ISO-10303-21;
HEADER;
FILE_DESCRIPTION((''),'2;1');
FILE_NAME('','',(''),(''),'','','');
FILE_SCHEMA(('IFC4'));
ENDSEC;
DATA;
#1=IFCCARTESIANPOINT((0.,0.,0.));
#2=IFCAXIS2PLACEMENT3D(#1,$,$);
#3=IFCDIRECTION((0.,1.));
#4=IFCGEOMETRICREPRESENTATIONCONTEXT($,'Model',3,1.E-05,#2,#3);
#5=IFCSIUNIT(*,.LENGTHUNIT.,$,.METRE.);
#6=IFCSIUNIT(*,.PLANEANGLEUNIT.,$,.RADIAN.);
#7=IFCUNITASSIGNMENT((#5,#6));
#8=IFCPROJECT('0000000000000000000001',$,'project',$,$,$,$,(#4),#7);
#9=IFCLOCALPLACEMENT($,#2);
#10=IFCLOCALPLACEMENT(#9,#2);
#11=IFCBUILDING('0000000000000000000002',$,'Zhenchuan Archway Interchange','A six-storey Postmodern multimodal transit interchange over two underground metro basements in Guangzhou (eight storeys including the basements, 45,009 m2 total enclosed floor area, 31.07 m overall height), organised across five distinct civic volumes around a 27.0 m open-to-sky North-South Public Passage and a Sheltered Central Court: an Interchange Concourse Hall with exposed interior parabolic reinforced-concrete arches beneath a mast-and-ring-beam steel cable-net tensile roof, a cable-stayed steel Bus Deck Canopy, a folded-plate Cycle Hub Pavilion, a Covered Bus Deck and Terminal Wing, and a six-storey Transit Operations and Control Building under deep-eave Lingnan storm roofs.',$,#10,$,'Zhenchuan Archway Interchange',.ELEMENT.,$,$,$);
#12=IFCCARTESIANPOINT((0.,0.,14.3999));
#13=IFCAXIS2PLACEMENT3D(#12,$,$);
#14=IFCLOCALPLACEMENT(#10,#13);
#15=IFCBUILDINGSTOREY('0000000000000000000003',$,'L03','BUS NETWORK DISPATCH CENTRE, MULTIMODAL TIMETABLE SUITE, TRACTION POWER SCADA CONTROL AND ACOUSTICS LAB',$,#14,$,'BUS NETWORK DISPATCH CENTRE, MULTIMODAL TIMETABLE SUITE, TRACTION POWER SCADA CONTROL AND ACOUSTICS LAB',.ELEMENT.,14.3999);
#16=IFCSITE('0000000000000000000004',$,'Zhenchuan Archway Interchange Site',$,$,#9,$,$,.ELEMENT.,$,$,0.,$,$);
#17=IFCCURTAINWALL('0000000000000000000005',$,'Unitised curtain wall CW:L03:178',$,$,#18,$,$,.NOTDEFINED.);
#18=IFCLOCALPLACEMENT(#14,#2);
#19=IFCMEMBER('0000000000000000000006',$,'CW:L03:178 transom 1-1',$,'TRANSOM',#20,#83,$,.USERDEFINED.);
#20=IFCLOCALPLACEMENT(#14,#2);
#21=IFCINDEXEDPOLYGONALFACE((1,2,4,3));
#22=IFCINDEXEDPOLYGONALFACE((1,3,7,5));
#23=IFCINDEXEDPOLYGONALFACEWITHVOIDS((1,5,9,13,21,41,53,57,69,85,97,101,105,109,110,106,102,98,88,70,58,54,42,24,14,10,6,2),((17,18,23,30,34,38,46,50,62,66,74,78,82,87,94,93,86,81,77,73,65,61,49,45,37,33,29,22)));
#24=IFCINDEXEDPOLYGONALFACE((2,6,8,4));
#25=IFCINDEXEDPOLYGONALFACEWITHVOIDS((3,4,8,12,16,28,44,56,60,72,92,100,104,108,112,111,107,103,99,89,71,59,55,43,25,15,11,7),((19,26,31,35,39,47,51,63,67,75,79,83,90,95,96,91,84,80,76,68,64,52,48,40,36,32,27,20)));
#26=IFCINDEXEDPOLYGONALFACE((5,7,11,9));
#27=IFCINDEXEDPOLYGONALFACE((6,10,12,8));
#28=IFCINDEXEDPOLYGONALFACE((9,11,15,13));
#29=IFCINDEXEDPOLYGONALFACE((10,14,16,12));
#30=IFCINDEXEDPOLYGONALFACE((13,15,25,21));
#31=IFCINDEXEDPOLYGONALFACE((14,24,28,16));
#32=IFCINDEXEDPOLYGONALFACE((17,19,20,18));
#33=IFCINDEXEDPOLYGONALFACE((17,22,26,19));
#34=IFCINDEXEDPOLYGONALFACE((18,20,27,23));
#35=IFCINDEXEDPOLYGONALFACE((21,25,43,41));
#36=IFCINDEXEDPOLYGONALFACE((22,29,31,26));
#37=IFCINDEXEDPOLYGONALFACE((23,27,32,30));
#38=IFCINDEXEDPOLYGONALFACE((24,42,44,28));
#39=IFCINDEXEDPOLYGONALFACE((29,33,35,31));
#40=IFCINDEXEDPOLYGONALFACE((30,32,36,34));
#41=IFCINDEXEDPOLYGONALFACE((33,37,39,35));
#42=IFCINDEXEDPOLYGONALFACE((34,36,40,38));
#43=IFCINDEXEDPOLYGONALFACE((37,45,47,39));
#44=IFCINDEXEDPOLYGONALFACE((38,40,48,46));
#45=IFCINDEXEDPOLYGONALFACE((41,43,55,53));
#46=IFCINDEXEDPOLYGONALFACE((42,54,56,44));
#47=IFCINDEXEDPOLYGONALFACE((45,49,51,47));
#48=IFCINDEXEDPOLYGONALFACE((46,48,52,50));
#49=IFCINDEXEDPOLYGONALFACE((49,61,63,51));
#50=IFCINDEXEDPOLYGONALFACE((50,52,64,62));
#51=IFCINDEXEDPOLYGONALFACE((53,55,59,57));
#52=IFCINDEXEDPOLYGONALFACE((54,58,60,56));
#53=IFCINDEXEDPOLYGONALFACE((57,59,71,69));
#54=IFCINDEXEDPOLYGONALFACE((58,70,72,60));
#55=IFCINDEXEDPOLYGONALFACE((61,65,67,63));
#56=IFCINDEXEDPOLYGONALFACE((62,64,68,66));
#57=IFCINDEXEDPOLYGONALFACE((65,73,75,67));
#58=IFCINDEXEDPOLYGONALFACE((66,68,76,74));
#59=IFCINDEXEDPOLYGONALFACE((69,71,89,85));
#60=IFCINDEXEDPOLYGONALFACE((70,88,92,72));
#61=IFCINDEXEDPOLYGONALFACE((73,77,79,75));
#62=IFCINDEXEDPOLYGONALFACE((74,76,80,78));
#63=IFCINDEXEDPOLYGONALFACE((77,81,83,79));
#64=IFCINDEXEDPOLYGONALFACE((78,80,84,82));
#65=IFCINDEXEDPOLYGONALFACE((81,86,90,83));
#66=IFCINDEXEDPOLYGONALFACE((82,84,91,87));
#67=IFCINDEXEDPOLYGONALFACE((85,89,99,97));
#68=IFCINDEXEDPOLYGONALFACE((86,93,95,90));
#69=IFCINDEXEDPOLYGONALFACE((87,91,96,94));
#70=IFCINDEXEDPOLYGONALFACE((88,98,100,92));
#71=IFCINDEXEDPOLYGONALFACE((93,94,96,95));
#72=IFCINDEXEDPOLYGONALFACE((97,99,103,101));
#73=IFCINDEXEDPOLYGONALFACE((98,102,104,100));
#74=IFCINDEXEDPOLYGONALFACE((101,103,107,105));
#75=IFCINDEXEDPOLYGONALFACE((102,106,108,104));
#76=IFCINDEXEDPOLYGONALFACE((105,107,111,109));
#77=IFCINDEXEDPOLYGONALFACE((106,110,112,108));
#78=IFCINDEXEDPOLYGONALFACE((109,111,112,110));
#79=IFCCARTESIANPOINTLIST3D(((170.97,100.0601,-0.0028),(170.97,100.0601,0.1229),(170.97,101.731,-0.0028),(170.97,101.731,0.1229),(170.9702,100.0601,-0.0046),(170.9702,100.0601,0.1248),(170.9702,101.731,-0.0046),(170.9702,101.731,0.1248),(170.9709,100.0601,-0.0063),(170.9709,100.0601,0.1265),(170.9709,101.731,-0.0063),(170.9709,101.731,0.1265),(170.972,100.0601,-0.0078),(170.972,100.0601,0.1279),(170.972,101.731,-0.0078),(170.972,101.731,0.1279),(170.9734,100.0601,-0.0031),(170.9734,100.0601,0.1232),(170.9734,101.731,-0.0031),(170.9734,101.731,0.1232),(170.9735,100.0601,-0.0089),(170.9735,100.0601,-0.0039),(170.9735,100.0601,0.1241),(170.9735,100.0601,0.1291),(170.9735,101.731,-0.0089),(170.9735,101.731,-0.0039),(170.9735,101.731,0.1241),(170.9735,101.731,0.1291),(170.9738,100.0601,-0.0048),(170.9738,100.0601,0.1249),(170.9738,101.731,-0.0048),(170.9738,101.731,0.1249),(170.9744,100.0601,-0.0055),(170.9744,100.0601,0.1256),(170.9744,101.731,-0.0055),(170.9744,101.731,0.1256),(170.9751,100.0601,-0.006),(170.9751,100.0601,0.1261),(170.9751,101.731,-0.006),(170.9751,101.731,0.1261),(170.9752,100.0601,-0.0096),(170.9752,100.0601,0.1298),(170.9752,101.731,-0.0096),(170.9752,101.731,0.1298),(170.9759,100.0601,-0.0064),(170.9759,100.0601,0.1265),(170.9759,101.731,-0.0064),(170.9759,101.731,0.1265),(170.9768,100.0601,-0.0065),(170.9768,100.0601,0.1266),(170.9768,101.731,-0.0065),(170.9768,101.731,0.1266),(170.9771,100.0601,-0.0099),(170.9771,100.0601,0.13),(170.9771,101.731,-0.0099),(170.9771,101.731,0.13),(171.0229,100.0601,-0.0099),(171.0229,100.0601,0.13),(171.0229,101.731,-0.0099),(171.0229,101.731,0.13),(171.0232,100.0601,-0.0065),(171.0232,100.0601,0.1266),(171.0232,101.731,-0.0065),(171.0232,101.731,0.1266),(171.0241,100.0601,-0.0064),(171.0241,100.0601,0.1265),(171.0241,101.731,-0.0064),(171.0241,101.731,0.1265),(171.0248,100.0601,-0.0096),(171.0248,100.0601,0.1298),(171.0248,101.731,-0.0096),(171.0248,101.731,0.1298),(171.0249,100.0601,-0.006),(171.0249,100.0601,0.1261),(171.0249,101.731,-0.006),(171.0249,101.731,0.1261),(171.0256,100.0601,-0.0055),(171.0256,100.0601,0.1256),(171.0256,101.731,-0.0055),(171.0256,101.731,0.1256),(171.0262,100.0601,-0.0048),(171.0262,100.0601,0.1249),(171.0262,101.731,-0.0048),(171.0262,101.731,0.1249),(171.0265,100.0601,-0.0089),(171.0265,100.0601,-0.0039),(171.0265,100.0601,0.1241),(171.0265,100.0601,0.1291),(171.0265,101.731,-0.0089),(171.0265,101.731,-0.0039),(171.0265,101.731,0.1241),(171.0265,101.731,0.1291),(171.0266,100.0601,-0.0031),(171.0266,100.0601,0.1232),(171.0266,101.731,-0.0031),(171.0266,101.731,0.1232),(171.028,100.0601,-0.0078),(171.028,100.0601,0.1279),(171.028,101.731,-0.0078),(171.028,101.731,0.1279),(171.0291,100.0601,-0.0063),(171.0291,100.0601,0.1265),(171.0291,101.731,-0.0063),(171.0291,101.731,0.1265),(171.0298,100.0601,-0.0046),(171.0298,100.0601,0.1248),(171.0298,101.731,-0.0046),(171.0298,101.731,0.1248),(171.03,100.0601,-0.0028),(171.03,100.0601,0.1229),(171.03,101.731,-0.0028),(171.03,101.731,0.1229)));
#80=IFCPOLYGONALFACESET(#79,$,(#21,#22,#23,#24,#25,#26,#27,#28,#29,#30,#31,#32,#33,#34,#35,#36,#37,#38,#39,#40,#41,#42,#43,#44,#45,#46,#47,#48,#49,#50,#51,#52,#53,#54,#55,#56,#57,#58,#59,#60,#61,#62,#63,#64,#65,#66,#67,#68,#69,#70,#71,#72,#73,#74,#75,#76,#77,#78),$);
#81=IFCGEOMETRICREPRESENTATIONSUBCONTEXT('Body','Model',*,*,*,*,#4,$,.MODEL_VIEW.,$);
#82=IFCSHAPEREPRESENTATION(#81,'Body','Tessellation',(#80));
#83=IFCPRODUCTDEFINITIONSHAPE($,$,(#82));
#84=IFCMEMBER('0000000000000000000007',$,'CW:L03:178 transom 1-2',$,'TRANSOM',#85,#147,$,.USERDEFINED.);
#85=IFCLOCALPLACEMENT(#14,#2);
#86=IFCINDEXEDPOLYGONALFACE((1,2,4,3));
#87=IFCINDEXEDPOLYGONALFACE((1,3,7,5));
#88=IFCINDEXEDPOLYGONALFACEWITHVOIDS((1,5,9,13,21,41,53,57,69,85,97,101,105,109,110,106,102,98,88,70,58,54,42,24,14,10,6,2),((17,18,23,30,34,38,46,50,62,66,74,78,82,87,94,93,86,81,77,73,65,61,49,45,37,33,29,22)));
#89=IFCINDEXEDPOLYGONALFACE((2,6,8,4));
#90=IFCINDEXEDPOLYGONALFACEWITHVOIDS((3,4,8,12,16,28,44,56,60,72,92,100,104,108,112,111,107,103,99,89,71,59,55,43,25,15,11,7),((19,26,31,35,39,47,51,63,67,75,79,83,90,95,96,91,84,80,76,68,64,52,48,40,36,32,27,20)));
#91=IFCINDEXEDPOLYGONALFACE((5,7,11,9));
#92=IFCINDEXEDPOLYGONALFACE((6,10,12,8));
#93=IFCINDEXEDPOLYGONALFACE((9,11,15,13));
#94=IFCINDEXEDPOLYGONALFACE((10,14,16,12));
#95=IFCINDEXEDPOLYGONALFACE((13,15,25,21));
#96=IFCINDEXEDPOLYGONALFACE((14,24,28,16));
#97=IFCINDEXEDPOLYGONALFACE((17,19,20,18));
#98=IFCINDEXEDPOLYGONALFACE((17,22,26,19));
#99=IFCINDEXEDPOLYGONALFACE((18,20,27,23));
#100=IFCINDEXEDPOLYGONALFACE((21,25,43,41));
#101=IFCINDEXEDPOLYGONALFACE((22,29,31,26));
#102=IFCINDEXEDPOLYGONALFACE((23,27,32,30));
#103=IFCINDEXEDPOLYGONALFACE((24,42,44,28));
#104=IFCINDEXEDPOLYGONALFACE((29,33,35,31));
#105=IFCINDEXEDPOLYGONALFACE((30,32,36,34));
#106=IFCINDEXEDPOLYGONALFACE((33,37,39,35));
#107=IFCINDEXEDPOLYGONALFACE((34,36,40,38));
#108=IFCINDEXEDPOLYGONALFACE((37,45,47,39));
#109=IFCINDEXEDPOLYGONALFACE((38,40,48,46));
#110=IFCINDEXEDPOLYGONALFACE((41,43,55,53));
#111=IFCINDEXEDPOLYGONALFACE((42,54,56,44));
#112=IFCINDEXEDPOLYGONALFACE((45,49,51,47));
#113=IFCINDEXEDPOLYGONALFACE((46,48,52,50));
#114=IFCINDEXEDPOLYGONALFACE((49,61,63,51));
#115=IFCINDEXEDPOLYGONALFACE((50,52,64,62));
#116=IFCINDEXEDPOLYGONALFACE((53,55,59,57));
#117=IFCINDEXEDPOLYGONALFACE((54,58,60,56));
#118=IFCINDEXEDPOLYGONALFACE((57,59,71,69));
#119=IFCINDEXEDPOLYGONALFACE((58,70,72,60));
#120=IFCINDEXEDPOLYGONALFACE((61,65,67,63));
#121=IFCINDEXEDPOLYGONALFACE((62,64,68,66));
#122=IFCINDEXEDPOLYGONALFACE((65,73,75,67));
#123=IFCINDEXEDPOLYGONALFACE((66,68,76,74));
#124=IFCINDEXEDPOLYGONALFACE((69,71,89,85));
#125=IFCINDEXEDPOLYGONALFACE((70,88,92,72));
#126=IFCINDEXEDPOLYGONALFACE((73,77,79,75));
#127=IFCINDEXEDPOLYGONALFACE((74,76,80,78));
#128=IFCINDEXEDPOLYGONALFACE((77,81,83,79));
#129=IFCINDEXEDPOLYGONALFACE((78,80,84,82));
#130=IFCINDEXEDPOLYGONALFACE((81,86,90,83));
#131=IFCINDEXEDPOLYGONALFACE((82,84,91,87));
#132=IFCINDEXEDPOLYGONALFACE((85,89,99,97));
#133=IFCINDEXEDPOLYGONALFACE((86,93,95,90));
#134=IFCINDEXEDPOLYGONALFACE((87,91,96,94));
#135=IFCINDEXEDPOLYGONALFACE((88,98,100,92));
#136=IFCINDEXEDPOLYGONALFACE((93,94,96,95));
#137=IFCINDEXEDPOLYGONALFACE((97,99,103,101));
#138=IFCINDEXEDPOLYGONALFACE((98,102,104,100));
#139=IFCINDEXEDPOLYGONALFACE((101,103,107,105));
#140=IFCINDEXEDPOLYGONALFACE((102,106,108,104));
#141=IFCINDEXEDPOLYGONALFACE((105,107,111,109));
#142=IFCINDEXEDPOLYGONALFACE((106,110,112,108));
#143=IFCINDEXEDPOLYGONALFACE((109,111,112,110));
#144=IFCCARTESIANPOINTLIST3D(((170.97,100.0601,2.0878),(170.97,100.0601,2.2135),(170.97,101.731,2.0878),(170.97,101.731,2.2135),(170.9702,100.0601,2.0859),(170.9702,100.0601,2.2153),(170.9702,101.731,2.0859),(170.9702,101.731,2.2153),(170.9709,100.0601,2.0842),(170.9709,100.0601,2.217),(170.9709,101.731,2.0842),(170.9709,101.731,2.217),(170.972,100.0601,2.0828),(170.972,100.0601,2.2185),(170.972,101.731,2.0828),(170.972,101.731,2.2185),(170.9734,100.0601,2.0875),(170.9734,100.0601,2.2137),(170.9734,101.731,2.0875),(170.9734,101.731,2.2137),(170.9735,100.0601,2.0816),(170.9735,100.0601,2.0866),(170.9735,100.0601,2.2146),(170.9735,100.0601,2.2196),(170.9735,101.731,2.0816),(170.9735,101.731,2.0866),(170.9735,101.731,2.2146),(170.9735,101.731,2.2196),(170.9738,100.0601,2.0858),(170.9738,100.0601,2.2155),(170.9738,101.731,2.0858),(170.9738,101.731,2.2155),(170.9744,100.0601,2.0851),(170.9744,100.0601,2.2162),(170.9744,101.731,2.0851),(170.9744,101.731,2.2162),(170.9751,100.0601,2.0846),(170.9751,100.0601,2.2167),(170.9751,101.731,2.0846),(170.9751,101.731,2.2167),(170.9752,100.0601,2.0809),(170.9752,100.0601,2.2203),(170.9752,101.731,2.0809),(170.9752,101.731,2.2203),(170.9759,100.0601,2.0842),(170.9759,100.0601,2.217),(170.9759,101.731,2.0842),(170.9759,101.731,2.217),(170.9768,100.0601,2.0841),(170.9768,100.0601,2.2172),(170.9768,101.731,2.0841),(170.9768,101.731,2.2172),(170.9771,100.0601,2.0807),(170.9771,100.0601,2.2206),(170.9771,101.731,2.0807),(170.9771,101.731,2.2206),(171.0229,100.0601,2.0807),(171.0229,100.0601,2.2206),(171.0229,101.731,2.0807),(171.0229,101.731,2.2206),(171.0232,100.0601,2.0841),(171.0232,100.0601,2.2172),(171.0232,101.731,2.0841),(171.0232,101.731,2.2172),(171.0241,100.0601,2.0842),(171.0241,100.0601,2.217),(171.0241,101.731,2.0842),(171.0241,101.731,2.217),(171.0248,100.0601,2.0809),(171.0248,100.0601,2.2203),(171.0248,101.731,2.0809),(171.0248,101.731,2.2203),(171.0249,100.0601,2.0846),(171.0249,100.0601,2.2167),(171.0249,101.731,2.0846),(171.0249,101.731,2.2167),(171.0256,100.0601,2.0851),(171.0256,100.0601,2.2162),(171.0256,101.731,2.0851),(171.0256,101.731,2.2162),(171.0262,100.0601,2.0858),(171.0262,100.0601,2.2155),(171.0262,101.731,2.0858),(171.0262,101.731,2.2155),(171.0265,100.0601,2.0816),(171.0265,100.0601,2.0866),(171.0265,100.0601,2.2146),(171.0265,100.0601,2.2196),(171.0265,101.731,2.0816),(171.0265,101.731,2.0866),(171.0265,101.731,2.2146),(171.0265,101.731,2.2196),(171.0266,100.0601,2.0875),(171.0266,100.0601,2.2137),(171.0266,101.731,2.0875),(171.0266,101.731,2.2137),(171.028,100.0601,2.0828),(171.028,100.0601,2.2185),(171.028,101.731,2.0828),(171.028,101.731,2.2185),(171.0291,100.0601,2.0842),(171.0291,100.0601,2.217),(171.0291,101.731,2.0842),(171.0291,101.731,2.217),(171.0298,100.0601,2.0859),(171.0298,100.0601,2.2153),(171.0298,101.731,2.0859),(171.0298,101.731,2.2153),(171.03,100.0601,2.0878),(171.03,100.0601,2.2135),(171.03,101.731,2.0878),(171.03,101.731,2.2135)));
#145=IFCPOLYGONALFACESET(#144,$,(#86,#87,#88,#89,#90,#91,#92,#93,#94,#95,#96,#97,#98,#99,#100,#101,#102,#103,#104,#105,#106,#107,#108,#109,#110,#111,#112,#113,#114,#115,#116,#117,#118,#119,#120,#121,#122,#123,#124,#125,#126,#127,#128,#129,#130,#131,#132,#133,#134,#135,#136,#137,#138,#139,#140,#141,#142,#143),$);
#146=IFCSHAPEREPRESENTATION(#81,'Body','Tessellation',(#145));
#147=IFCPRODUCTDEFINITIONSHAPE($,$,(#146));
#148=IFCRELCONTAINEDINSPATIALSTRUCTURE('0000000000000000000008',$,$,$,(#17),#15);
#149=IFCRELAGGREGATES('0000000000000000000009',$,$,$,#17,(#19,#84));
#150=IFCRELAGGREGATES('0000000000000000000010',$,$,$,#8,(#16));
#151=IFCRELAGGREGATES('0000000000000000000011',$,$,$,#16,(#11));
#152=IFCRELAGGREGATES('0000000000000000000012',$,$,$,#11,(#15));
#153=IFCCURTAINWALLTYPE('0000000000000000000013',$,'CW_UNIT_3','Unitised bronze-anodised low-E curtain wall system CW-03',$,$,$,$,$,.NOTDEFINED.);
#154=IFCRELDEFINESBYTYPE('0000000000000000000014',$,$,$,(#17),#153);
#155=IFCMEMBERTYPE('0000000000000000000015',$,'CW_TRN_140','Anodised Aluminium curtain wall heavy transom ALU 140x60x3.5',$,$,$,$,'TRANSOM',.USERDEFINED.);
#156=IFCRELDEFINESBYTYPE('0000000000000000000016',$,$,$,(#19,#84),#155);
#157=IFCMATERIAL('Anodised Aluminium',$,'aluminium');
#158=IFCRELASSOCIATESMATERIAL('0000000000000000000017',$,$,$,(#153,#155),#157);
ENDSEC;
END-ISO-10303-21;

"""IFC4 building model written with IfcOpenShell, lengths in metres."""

from ifc_helpers import new_model, si_unit, direction, frame, origin, origin_2d, place, context, subcontext, project, spatial, hollow_rectangle, extrude, material, material_profile, profile_set, type_object, element, aggregate, save


model = new_model("IFC4")

# Units and contexts
model_context = context("Model", 3, precision=1e-05, world=origin(), true_north=direction((0.0, 1.0)))
body_context = subcontext(model_context, "Body", "Model", "MODEL_VIEW")
ifc_project = project(units=[si_unit("LENGTHUNIT", "METRE"), si_unit("PLANEANGLEUNIT", "RADIAN")], contexts=[model_context])

# Site, building, storey
site_placement = place(None, origin())
site = spatial("IfcSite", under=ifc_project, at=site_placement, Name="Zhenchuan Archway Interchange Site", CompositionType="ELEMENT", RefElevation=0.0)
building_placement = place(site_placement, origin())
building = spatial("IfcBuilding", under=site, at=building_placement, Name="Zhenchuan Archway Interchange", Description="A six-storey Postmodern multimodal transit interchange over two underground metro basements in Guangzhou (eight storeys including the basements, 45,009 m2 total enclosed floor area, 31.07 m overall height), organised across five distinct civic volumes around a 27.0 m open-to-sky North-South Public Passage and a Sheltered Central Court: an Interchange Concourse Hall with exposed interior parabolic reinforced-concrete arches beneath a mast-and-ring-beam steel cable-net tensile roof, a cable-stayed steel Bus Deck Canopy, a folded-plate Cycle Hub Pavilion, a Covered Bus Deck and Terminal Wing, and a six-storey Transit Operations and Control Building under deep-eave Lingnan storm roofs.", LongName="Zhenchuan Archway Interchange", CompositionType="ELEMENT")
storey_placement = place(building_placement, frame((0.0, 0.0, 14.3999)))
storey = spatial("IfcBuildingStorey", under=building, at=storey_placement, Name="L03", Description="BUS NETWORK DISPATCH CENTRE, MULTIMODAL TIMETABLE SUITE, TRACTION POWER SCADA CONTROL AND ACOUSTICS LAB", LongName="BUS NETWORK DISPATCH CENTRE, MULTIMODAL TIMETABLE SUITE, TRACTION POWER SCADA CONTROL AND ACOUSTICS LAB", CompositionType="ELEMENT", Elevation=14.3999)

# Curtain wall
ifc_material_1 = material(Name="Anodised Aluminium", Category="aluminium")
curtain_wall_type_1 = type_object("IfcCurtainWallType", Name="CW_UNIT_3", Description="Unitised bronze-anodised low-E curtain wall system CW-03", PredefinedType="NOTDEFINED", material=ifc_material_1)
curtain_wall_1_placement = place(storey_placement, origin())
curtain_wall_1 = element("IfcCurtainWall", 1, at=curtain_wall_1_placement, inside=storey, type_object=curtain_wall_type_1, Name="Unitised curtain wall CW:L03:178", PredefinedType="NOTDEFINED")

# Members
ifc_material_profile_1 = material_profile(ifc_material_1, hollow_rectangle(XDim=0.0601, YDim=0.1399, WallThickness=0.0034, InnerFilletRadius=0.0034, OuterFilletRadius=0.0071, at=origin_2d()), Name="ALU 140x60x3.5")
ifc_profile_set_1 = profile_set([ifc_material_profile_1], Name="Anodised Aluminium")
member_type_1 = type_object("IfcMemberType", Name="CW_TRN_140", Description="Anodised Aluminium curtain wall heavy transom ALU 140x60x3.5", ElementType="TRANSOM", PredefinedType="USERDEFINED", material=ifc_profile_set_1)
member_1_placement = place(storey_placement, frame((171.0, 101.731, 0.0601), z_axis=(0.0, -1.0, 0.0), x_axis=(1.0, 0.0, 0.0)))
member_1 = element("IfcMember", 2, at=member_1_placement, type_object=member_type_1, Name="CW:L03:178 transom 1-1", ObjectType="TRANSOM", PredefinedType="USERDEFINED", context=body_context, shape_type="SweptSolid", body=[
    extrude(hollow_rectangle(XDim=0.0601, YDim=0.1399, WallThickness=0.0034, InnerFilletRadius=0.0034, OuterFilletRadius=0.0071, at=origin_2d()), origin(), (0.0, 0.0, 1.0), 1.6709),
])
member_2_placement = place(storey_placement, frame((171.0, 101.731, 2.1506), z_axis=(0.0, -1.0, 0.0), x_axis=(1.0, 0.0, 0.0)))
member_2 = element("IfcMember", 3, at=member_2_placement, type_object=member_type_1, Name="CW:L03:178 transom 1-2", ObjectType="TRANSOM", PredefinedType="USERDEFINED", context=body_context, shape_type="SweptSolid", body=[
    extrude(hollow_rectangle(XDim=0.0601, YDim=0.1399, WallThickness=0.0034, InnerFilletRadius=0.0034, OuterFilletRadius=0.0071, at=origin_2d()), origin(), (0.0, 0.0, 1.0), 1.6709),
])

aggregate(curtain_wall_1, [member_1, member_2])

save(model, "model.ifc")
